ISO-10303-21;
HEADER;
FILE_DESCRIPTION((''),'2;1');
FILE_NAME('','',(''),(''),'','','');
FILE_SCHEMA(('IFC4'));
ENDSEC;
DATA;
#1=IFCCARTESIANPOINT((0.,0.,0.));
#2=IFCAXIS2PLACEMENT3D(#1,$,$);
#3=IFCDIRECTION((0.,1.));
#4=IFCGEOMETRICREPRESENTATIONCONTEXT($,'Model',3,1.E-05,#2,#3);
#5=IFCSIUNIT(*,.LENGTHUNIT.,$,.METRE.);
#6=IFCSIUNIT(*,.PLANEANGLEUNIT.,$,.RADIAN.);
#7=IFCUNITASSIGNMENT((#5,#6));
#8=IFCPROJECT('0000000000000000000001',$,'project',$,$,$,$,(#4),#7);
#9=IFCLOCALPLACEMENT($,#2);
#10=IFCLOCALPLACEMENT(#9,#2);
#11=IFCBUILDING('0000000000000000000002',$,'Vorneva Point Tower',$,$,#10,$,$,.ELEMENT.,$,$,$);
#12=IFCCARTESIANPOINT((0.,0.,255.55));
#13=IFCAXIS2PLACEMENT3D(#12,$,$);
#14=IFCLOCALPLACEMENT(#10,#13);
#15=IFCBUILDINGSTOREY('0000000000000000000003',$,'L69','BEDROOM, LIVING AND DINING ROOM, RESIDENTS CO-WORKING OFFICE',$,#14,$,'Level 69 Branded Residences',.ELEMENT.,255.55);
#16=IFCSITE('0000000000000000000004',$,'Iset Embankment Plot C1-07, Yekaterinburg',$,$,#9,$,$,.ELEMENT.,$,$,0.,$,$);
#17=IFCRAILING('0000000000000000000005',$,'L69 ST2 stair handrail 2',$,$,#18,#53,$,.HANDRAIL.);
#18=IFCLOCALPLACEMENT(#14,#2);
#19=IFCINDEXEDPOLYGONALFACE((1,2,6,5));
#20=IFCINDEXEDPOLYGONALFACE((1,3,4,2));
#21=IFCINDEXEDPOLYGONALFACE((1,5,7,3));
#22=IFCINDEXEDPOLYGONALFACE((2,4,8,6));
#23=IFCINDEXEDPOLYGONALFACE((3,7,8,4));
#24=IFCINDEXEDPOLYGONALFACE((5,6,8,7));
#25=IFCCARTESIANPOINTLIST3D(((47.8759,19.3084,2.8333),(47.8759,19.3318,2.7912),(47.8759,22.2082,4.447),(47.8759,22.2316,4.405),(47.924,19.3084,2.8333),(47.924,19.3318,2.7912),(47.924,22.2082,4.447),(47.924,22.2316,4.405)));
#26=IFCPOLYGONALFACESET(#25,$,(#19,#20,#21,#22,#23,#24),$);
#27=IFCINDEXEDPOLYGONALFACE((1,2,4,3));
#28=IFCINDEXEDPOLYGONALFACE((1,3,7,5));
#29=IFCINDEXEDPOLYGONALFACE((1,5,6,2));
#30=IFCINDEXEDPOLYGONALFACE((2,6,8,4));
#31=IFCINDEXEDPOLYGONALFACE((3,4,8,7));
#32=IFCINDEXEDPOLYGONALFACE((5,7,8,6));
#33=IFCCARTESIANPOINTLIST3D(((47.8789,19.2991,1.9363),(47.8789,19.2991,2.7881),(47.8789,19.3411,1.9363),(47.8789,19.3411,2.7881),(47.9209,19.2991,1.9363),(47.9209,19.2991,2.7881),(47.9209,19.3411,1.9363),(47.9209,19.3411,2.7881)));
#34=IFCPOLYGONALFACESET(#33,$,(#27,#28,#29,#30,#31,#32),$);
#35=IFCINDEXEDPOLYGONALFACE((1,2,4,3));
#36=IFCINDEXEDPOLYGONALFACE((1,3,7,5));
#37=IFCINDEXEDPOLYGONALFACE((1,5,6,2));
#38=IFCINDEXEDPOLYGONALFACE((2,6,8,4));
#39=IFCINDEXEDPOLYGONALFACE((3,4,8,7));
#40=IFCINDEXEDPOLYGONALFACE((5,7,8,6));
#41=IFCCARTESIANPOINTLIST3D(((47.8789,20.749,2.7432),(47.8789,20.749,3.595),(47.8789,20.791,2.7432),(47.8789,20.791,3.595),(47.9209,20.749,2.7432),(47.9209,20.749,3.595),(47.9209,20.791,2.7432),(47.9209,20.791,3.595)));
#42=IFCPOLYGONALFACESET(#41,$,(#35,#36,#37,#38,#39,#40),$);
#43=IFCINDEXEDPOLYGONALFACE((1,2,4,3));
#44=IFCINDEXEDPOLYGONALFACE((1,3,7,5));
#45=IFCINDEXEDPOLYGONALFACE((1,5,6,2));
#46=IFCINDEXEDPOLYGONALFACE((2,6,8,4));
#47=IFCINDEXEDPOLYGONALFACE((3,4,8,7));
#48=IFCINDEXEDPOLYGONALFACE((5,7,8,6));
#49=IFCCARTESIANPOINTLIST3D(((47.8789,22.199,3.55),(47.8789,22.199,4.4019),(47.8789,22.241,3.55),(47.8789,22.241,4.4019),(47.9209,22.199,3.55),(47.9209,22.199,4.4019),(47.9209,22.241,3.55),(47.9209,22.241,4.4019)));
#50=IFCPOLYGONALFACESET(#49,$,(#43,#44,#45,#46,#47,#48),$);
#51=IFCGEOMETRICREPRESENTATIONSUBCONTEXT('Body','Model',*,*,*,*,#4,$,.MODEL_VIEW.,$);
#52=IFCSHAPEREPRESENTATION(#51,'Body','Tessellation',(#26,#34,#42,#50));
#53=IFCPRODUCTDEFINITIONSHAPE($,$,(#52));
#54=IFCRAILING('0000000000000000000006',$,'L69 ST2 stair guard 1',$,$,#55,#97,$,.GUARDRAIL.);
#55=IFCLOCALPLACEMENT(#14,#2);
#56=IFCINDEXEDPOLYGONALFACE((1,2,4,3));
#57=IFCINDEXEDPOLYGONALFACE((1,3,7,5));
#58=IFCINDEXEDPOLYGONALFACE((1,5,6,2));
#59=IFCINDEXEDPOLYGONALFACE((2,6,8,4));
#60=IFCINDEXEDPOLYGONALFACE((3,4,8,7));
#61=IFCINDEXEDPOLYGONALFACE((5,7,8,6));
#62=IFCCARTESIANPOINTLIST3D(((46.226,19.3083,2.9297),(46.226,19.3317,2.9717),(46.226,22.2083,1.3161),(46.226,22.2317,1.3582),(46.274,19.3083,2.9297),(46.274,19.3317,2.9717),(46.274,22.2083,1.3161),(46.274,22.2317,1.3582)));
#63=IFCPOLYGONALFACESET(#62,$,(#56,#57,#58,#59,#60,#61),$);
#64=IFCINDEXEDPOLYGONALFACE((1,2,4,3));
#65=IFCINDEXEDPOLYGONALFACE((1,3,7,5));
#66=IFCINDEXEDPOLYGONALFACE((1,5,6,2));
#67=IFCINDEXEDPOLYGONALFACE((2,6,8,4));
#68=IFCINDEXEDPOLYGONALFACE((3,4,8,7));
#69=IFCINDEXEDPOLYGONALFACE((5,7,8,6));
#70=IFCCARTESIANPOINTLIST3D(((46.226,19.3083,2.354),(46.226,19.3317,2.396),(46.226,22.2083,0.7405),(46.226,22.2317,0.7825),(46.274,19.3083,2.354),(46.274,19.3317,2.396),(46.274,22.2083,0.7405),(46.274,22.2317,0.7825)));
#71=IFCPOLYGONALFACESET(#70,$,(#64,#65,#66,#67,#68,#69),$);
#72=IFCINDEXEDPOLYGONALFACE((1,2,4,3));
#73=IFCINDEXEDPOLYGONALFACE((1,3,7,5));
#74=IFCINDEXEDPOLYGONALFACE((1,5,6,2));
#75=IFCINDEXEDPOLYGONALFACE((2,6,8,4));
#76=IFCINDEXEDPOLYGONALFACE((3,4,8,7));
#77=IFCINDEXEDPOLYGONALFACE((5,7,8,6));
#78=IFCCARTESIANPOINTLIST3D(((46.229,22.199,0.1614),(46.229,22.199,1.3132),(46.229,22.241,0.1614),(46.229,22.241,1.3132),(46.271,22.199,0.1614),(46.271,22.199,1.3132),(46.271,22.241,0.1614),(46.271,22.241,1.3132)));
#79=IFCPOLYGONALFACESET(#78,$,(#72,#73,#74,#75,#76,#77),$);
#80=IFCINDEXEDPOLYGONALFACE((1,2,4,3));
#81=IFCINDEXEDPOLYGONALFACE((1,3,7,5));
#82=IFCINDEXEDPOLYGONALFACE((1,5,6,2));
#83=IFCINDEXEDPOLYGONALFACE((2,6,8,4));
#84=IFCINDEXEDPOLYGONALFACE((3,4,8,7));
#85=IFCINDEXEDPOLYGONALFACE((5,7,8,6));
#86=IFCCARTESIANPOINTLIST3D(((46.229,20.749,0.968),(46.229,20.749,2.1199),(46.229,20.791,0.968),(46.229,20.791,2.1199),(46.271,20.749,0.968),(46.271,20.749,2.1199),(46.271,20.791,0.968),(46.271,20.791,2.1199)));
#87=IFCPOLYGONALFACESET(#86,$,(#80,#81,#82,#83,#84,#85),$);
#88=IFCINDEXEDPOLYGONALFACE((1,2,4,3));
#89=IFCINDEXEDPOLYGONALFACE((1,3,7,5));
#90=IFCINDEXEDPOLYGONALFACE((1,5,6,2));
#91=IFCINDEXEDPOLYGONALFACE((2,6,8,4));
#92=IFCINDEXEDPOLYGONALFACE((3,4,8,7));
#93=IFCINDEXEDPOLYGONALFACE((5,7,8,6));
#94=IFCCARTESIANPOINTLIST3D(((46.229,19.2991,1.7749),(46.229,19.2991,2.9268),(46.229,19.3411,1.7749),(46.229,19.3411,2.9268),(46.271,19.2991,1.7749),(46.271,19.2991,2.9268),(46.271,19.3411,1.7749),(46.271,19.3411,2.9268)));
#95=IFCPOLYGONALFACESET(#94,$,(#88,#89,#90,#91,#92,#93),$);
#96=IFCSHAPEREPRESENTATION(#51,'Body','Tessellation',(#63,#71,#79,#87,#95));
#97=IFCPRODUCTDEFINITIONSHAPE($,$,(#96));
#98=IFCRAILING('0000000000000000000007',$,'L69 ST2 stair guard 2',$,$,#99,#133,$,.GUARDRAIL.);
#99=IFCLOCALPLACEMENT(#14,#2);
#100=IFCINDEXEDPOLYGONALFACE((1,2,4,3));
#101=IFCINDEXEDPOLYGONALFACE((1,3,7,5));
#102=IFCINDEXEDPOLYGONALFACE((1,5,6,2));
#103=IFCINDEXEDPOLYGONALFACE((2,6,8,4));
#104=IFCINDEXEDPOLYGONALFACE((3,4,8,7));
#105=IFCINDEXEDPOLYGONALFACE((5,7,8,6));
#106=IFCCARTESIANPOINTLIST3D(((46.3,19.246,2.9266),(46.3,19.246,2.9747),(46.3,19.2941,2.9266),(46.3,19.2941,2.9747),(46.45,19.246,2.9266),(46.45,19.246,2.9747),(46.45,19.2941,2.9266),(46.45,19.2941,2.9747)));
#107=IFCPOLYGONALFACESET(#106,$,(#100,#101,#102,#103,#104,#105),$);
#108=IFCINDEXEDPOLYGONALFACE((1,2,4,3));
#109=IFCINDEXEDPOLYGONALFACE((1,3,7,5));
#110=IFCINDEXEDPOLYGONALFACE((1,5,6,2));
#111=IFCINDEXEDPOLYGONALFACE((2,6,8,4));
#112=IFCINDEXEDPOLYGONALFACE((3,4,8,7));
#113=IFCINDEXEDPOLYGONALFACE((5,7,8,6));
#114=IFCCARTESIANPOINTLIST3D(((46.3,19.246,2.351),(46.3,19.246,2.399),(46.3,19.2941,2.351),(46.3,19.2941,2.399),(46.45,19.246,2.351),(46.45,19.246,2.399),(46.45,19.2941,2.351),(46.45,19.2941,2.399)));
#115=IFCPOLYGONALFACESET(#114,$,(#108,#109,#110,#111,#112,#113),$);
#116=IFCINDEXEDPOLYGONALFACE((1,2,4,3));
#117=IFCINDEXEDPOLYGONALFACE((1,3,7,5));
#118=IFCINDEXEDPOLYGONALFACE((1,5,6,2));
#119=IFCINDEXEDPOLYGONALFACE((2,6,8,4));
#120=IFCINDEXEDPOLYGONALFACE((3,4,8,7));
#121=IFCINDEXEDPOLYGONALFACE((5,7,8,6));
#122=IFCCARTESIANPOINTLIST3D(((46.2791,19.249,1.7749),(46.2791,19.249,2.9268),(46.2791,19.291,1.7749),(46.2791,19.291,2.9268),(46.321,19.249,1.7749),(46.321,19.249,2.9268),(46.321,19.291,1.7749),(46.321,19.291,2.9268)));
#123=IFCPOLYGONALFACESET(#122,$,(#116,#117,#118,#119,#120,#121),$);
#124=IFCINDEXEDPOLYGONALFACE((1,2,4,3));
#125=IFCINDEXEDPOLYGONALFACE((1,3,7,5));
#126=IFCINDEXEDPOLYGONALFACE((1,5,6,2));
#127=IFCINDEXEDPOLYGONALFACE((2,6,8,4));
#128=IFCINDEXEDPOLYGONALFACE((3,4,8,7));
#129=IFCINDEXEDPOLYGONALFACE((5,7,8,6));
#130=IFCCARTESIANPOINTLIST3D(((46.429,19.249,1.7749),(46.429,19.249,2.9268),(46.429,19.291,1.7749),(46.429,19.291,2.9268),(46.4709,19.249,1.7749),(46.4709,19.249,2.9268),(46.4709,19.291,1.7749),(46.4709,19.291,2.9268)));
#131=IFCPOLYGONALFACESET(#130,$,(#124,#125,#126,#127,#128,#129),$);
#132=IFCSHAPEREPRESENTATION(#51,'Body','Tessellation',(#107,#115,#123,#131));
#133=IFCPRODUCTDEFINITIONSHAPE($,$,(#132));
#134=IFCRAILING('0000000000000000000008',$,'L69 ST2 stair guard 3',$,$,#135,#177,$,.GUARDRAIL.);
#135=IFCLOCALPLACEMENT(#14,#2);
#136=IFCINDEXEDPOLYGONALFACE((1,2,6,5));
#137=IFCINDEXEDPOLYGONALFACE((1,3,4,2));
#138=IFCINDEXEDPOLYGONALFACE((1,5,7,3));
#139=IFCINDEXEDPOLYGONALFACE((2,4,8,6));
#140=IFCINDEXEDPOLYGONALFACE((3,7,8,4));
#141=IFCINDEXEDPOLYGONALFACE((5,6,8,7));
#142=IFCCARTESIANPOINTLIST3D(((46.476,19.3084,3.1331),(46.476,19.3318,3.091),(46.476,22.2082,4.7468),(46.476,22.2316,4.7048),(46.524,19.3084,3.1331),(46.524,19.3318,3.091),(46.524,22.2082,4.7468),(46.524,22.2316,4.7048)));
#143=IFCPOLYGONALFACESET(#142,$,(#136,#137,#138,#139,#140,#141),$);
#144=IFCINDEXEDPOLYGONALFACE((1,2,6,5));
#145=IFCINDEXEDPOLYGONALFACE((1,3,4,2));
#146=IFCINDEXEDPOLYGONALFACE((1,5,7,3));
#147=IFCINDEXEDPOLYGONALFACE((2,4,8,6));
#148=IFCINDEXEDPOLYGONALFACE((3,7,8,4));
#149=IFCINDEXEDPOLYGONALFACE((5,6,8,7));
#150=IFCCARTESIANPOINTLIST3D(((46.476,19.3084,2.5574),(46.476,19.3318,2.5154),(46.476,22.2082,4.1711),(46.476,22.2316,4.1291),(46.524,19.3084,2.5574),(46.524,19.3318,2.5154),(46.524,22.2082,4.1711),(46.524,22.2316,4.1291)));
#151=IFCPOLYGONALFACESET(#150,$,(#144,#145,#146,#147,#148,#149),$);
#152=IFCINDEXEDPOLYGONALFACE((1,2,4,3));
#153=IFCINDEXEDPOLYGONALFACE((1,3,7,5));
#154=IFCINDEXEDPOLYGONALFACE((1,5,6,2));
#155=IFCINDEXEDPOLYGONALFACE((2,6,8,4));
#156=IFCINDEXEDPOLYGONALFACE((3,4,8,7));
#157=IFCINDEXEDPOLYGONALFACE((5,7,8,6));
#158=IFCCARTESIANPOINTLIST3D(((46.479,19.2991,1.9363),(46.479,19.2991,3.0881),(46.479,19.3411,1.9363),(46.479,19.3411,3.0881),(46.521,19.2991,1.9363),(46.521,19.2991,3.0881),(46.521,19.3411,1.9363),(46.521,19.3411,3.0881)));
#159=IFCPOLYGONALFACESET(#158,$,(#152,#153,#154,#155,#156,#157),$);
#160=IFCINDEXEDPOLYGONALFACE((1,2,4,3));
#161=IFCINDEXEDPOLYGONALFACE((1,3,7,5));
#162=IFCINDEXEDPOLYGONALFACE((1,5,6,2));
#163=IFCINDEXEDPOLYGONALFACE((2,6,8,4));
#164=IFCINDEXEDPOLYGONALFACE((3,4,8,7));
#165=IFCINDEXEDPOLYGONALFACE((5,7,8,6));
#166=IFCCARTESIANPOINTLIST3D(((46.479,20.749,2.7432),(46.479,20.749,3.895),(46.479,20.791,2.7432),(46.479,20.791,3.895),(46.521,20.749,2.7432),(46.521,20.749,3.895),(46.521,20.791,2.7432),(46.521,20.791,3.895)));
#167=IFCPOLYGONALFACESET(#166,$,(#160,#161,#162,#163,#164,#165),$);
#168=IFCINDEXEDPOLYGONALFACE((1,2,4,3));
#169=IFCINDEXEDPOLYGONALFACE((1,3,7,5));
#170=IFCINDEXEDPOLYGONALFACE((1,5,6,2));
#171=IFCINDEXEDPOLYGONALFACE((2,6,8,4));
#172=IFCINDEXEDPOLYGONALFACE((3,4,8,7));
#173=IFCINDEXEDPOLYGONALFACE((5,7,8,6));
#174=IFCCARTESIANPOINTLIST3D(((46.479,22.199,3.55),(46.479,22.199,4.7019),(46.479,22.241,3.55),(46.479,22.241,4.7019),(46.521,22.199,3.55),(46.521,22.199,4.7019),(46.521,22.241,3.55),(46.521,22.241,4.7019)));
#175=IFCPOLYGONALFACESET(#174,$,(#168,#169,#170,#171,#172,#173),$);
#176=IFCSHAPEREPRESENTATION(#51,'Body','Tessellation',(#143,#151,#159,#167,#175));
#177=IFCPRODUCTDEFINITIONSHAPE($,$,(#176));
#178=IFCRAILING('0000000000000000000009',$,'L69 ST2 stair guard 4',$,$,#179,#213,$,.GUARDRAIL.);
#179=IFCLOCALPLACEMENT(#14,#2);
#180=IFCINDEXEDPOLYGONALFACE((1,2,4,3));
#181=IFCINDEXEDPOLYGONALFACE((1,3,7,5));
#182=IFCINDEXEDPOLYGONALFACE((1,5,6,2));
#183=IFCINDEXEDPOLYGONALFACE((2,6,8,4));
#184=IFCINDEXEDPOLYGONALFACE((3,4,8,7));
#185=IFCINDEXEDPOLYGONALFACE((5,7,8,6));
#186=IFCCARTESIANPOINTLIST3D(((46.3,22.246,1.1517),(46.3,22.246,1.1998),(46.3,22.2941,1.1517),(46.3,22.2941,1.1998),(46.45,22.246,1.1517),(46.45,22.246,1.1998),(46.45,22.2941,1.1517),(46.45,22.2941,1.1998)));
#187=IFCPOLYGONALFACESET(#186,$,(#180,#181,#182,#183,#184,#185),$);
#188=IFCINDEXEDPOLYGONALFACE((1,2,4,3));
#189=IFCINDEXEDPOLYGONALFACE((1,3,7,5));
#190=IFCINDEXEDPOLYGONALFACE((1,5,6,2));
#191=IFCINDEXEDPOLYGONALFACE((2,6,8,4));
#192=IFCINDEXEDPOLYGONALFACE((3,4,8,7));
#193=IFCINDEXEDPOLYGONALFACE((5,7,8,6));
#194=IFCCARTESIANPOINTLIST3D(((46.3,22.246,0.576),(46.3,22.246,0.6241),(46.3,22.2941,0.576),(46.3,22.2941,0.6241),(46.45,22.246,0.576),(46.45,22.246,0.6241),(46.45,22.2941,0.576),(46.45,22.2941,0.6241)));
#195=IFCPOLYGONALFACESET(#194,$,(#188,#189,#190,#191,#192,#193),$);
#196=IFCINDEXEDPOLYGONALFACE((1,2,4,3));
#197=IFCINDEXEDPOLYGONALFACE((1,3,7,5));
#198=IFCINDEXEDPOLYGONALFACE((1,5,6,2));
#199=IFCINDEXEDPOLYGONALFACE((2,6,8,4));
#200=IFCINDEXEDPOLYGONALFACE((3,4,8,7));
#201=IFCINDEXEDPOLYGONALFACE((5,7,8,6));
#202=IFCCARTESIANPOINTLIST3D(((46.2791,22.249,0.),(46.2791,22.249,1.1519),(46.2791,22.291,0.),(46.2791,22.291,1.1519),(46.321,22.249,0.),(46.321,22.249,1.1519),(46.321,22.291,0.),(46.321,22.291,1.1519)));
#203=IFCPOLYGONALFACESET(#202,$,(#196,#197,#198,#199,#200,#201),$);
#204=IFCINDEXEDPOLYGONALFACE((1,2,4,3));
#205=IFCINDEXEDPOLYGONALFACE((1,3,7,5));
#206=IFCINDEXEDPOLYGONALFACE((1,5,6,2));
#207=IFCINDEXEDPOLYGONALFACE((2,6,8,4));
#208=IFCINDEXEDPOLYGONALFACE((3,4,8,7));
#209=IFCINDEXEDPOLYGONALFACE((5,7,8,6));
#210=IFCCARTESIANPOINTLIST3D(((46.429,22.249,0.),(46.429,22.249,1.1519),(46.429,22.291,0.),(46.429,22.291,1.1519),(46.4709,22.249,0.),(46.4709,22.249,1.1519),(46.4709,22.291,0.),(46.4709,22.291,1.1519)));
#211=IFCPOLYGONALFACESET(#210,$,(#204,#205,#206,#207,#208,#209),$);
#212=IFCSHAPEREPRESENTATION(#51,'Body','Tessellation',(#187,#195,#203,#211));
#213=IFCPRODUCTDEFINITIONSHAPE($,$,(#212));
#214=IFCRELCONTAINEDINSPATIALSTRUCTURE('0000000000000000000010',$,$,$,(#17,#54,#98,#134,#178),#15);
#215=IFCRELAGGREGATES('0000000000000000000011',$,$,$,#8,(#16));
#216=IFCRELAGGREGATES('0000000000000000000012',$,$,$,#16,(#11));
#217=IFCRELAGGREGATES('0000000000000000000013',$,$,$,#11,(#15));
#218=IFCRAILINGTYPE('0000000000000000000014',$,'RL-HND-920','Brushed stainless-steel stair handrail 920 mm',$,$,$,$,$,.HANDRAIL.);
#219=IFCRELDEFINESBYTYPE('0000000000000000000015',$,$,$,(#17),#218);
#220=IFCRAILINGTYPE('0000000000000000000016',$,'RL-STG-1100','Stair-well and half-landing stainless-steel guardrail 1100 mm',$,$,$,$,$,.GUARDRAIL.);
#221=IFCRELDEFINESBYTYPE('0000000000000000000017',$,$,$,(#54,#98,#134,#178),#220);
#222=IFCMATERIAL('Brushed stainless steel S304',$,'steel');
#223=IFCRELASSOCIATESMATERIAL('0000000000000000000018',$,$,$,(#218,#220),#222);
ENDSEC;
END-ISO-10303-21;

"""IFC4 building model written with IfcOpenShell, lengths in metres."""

from ifc_helpers import new_model, si_unit, direction, frame, origin, origin_2d, place, context, subcontext, project, spatial, rectangle, extrude, material, type_object, element, save


model = new_model("IFC4")

# Units and contexts
model_context = context("Model", 3, precision=1e-05, world=origin(), true_north=direction((0.0, 1.0)))
body_context = subcontext(model_context, "Body", "Model", "MODEL_VIEW")
ifc_project = project(units=[si_unit("LENGTHUNIT", "METRE"), si_unit("PLANEANGLEUNIT", "RADIAN")], contexts=[model_context])

# Site, building, storey
site_placement = place(None, origin())
site = spatial("IfcSite", under=ifc_project, at=site_placement, Name="Iset Embankment Plot C1-07, Yekaterinburg", CompositionType="ELEMENT", RefElevation=0.0)
building_placement = place(site_placement, origin())
building = spatial("IfcBuilding", under=site, at=building_placement, Name="Vorneva Point Tower", CompositionType="ELEMENT")
storey_placement = place(building_placement, frame((0.0, 0.0, 255.55)))
storey = spatial("IfcBuildingStorey", under=building, at=storey_placement, Name="L69", Description="BEDROOM, LIVING AND DINING ROOM, RESIDENTS CO-WORKING OFFICE", LongName="Level 69 Branded Residences", CompositionType="ELEMENT", Elevation=255.55)

# Railings
ifc_material_1 = material(Name="Brushed stainless steel S304", Category="steel")
railing_type_1 = type_object("IfcRailingType", Name="RL-HND-920", Description="Brushed stainless-steel stair handrail 920 mm", PredefinedType="HANDRAIL", material=ifc_material_1)
railing_1_placement = place(storey_placement, frame((47.8999, 19.3201, 1.9363)))
element("IfcRailing", 1, at=railing_1_placement, inside=storey, type_object=railing_type_1, Name="L69 ST2 stair handrail 2", PredefinedType="HANDRAIL", context=body_context, shape_type="SweptSolid", body=[
    extrude(rectangle(XDim=0.0481, YDim=0.0481, at=origin_2d()), frame((0.0, 0.0, 0.876), z_axis=(0.0, 0.87381, 0.486267), x_axis=(-1.0, 0.0, 0.0)), (0.0, 0.0, 1.0), 3.3186),
    extrude(rectangle(XDim=0.042, YDim=0.042, at=origin_2d()), origin(), (0.0, 0.0, 1.0), 0.8518),
    extrude(rectangle(XDim=0.042, YDim=0.042, at=origin_2d()), frame((0.0, 1.45, 0.8069)), (0.0, 0.0, 1.0), 0.8518),
    extrude(rectangle(XDim=0.042, YDim=0.042, at=origin_2d()), frame((0.0, 2.8999, 1.6138)), (0.0, 0.0, 1.0), 0.8518),
])
railing_type_2 = type_object("IfcRailingType", Name="RL-STG-1100", Description="Stair-well and half-landing stainless-steel guardrail 1100 mm", PredefinedType="GUARDRAIL", material=ifc_material_1)
railing_2_placement = place(storey_placement, frame((46.25, 22.22, 0.1614)))
element("IfcRailing", 2, at=railing_2_placement, inside=storey, type_object=railing_type_2, Name="L69 ST2 stair guard 1", PredefinedType="GUARDRAIL", context=body_context, shape_type="SweptSolid", body=[
    extrude(rectangle(XDim=0.0481, YDim=0.0481, at=origin_2d()), frame((0.0, 0.0, 1.1758), z_axis=(0.0, -0.873841, 0.486211), x_axis=(1.0, 0.0, 0.0)), (0.0, 0.0, 1.0), 3.3186),
    extrude(rectangle(XDim=0.0481, YDim=0.0481, at=origin_2d()), frame((0.0, 0.0, 0.6001), z_axis=(0.0, -0.873841, 0.486211), x_axis=(1.0, 0.0, 0.0)), (0.0, 0.0, 1.0), 3.3186),
    extrude(rectangle(XDim=0.042, YDim=0.042, at=origin_2d()), origin(), (0.0, 0.0, 1.0), 1.1519),
    extrude(rectangle(XDim=0.042, YDim=0.042, at=origin_2d()), frame((0.0, -1.45, 0.8066)), (0.0, 0.0, 1.0), 1.1519),
    extrude(rectangle(XDim=0.042, YDim=0.042, at=origin_2d()), frame((0.0, -2.8999, 1.6135)), (0.0, 0.0, 1.0), 1.1519),
])
railing_3_placement = place(storey_placement, frame((46.3, 19.27, 1.7749)))
element("IfcRailing", 3, at=railing_3_placement, inside=storey, type_object=railing_type_2, Name="L69 ST2 stair guard 2", PredefinedType="GUARDRAIL", context=body_context, shape_type="SweptSolid", body=[
    extrude(rectangle(XDim=0.0481, YDim=0.0481, at=origin_2d()), frame((0.0, 0.0, 1.1758), z_axis=(1.0, 0.0, 0.0), x_axis=(0.0, 1.0, 0.0)), (0.0, 0.0, 1.0), 0.1499),
    extrude(rectangle(XDim=0.0481, YDim=0.0481, at=origin_2d()), frame((0.0, 0.0, 0.6001), z_axis=(1.0, 0.0, 0.0), x_axis=(0.0, 1.0, 0.0)), (0.0, 0.0, 1.0), 0.1499),
    extrude(rectangle(XDim=0.042, YDim=0.042, at=origin_2d()), origin(), (0.0, 0.0, 1.0), 1.1519),
    extrude(rectangle(XDim=0.042, YDim=0.042, at=origin_2d()), frame((0.1499, 0.0, 0.0)), (0.0, 0.0, 1.0), 1.1519),
])
railing_4_placement = place(storey_placement, frame((46.5, 19.3201, 1.9363)))
element("IfcRailing", 4, at=railing_4_placement, inside=storey, type_object=railing_type_2, Name="L69 ST2 stair guard 3", PredefinedType="GUARDRAIL", context=body_context, shape_type="SweptSolid", body=[
    extrude(rectangle(XDim=0.0481, YDim=0.0481, at=origin_2d()), frame((0.0, 0.0, 1.1758), z_axis=(0.0, 0.87381, 0.486267), x_axis=(-1.0, 0.0, 0.0)), (0.0, 0.0, 1.0), 3.3186),
    extrude(rectangle(XDim=0.0481, YDim=0.0481, at=origin_2d()), frame((0.0, 0.0, 0.6001), z_axis=(0.0, 0.87381, 0.486267), x_axis=(-1.0, 0.0, 0.0)), (0.0, 0.0, 1.0), 3.3186),
    extrude(rectangle(XDim=0.042, YDim=0.042, at=origin_2d()), origin(), (0.0, 0.0, 1.0), 1.1519),
    extrude(rectangle(XDim=0.042, YDim=0.042, at=origin_2d()), frame((0.0, 1.45, 0.8069)), (0.0, 0.0, 1.0), 1.1519),
    extrude(rectangle(XDim=0.042, YDim=0.042, at=origin_2d()), frame((0.0, 2.8999, 1.6138)), (0.0, 0.0, 1.0), 1.1519),
])
railing_5_placement = place(storey_placement, frame((46.3, 22.27, 0.0)))
element("IfcRailing", 5, at=railing_5_placement, inside=storey, type_object=railing_type_2, Name="L69 ST2 stair guard 4", PredefinedType="GUARDRAIL", context=body_context, shape_type="SweptSolid", body=[
    extrude(rectangle(XDim=0.0481, YDim=0.0481, at=origin_2d()), frame((0.0, 0.0, 1.1758), z_axis=(1.0, 0.0, 0.0), x_axis=(0.0, 1.0, 0.0)), (0.0, 0.0, 1.0), 0.1499),
    extrude(rectangle(XDim=0.0481, YDim=0.0481, at=origin_2d()), frame((0.0, 0.0, 0.6001), z_axis=(1.0, 0.0, 0.0), x_axis=(0.0, 1.0, 0.0)), (0.0, 0.0, 1.0), 0.1499),
    extrude(rectangle(XDim=0.042, YDim=0.042, at=origin_2d()), origin(), (0.0, 0.0, 1.0), 1.1519),
    extrude(rectangle(XDim=0.042, YDim=0.042, at=origin_2d()), frame((0.1499, 0.0, 0.0)), (0.0, 0.0, 1.0), 1.1519),
])

save(model, "model.ifc")
